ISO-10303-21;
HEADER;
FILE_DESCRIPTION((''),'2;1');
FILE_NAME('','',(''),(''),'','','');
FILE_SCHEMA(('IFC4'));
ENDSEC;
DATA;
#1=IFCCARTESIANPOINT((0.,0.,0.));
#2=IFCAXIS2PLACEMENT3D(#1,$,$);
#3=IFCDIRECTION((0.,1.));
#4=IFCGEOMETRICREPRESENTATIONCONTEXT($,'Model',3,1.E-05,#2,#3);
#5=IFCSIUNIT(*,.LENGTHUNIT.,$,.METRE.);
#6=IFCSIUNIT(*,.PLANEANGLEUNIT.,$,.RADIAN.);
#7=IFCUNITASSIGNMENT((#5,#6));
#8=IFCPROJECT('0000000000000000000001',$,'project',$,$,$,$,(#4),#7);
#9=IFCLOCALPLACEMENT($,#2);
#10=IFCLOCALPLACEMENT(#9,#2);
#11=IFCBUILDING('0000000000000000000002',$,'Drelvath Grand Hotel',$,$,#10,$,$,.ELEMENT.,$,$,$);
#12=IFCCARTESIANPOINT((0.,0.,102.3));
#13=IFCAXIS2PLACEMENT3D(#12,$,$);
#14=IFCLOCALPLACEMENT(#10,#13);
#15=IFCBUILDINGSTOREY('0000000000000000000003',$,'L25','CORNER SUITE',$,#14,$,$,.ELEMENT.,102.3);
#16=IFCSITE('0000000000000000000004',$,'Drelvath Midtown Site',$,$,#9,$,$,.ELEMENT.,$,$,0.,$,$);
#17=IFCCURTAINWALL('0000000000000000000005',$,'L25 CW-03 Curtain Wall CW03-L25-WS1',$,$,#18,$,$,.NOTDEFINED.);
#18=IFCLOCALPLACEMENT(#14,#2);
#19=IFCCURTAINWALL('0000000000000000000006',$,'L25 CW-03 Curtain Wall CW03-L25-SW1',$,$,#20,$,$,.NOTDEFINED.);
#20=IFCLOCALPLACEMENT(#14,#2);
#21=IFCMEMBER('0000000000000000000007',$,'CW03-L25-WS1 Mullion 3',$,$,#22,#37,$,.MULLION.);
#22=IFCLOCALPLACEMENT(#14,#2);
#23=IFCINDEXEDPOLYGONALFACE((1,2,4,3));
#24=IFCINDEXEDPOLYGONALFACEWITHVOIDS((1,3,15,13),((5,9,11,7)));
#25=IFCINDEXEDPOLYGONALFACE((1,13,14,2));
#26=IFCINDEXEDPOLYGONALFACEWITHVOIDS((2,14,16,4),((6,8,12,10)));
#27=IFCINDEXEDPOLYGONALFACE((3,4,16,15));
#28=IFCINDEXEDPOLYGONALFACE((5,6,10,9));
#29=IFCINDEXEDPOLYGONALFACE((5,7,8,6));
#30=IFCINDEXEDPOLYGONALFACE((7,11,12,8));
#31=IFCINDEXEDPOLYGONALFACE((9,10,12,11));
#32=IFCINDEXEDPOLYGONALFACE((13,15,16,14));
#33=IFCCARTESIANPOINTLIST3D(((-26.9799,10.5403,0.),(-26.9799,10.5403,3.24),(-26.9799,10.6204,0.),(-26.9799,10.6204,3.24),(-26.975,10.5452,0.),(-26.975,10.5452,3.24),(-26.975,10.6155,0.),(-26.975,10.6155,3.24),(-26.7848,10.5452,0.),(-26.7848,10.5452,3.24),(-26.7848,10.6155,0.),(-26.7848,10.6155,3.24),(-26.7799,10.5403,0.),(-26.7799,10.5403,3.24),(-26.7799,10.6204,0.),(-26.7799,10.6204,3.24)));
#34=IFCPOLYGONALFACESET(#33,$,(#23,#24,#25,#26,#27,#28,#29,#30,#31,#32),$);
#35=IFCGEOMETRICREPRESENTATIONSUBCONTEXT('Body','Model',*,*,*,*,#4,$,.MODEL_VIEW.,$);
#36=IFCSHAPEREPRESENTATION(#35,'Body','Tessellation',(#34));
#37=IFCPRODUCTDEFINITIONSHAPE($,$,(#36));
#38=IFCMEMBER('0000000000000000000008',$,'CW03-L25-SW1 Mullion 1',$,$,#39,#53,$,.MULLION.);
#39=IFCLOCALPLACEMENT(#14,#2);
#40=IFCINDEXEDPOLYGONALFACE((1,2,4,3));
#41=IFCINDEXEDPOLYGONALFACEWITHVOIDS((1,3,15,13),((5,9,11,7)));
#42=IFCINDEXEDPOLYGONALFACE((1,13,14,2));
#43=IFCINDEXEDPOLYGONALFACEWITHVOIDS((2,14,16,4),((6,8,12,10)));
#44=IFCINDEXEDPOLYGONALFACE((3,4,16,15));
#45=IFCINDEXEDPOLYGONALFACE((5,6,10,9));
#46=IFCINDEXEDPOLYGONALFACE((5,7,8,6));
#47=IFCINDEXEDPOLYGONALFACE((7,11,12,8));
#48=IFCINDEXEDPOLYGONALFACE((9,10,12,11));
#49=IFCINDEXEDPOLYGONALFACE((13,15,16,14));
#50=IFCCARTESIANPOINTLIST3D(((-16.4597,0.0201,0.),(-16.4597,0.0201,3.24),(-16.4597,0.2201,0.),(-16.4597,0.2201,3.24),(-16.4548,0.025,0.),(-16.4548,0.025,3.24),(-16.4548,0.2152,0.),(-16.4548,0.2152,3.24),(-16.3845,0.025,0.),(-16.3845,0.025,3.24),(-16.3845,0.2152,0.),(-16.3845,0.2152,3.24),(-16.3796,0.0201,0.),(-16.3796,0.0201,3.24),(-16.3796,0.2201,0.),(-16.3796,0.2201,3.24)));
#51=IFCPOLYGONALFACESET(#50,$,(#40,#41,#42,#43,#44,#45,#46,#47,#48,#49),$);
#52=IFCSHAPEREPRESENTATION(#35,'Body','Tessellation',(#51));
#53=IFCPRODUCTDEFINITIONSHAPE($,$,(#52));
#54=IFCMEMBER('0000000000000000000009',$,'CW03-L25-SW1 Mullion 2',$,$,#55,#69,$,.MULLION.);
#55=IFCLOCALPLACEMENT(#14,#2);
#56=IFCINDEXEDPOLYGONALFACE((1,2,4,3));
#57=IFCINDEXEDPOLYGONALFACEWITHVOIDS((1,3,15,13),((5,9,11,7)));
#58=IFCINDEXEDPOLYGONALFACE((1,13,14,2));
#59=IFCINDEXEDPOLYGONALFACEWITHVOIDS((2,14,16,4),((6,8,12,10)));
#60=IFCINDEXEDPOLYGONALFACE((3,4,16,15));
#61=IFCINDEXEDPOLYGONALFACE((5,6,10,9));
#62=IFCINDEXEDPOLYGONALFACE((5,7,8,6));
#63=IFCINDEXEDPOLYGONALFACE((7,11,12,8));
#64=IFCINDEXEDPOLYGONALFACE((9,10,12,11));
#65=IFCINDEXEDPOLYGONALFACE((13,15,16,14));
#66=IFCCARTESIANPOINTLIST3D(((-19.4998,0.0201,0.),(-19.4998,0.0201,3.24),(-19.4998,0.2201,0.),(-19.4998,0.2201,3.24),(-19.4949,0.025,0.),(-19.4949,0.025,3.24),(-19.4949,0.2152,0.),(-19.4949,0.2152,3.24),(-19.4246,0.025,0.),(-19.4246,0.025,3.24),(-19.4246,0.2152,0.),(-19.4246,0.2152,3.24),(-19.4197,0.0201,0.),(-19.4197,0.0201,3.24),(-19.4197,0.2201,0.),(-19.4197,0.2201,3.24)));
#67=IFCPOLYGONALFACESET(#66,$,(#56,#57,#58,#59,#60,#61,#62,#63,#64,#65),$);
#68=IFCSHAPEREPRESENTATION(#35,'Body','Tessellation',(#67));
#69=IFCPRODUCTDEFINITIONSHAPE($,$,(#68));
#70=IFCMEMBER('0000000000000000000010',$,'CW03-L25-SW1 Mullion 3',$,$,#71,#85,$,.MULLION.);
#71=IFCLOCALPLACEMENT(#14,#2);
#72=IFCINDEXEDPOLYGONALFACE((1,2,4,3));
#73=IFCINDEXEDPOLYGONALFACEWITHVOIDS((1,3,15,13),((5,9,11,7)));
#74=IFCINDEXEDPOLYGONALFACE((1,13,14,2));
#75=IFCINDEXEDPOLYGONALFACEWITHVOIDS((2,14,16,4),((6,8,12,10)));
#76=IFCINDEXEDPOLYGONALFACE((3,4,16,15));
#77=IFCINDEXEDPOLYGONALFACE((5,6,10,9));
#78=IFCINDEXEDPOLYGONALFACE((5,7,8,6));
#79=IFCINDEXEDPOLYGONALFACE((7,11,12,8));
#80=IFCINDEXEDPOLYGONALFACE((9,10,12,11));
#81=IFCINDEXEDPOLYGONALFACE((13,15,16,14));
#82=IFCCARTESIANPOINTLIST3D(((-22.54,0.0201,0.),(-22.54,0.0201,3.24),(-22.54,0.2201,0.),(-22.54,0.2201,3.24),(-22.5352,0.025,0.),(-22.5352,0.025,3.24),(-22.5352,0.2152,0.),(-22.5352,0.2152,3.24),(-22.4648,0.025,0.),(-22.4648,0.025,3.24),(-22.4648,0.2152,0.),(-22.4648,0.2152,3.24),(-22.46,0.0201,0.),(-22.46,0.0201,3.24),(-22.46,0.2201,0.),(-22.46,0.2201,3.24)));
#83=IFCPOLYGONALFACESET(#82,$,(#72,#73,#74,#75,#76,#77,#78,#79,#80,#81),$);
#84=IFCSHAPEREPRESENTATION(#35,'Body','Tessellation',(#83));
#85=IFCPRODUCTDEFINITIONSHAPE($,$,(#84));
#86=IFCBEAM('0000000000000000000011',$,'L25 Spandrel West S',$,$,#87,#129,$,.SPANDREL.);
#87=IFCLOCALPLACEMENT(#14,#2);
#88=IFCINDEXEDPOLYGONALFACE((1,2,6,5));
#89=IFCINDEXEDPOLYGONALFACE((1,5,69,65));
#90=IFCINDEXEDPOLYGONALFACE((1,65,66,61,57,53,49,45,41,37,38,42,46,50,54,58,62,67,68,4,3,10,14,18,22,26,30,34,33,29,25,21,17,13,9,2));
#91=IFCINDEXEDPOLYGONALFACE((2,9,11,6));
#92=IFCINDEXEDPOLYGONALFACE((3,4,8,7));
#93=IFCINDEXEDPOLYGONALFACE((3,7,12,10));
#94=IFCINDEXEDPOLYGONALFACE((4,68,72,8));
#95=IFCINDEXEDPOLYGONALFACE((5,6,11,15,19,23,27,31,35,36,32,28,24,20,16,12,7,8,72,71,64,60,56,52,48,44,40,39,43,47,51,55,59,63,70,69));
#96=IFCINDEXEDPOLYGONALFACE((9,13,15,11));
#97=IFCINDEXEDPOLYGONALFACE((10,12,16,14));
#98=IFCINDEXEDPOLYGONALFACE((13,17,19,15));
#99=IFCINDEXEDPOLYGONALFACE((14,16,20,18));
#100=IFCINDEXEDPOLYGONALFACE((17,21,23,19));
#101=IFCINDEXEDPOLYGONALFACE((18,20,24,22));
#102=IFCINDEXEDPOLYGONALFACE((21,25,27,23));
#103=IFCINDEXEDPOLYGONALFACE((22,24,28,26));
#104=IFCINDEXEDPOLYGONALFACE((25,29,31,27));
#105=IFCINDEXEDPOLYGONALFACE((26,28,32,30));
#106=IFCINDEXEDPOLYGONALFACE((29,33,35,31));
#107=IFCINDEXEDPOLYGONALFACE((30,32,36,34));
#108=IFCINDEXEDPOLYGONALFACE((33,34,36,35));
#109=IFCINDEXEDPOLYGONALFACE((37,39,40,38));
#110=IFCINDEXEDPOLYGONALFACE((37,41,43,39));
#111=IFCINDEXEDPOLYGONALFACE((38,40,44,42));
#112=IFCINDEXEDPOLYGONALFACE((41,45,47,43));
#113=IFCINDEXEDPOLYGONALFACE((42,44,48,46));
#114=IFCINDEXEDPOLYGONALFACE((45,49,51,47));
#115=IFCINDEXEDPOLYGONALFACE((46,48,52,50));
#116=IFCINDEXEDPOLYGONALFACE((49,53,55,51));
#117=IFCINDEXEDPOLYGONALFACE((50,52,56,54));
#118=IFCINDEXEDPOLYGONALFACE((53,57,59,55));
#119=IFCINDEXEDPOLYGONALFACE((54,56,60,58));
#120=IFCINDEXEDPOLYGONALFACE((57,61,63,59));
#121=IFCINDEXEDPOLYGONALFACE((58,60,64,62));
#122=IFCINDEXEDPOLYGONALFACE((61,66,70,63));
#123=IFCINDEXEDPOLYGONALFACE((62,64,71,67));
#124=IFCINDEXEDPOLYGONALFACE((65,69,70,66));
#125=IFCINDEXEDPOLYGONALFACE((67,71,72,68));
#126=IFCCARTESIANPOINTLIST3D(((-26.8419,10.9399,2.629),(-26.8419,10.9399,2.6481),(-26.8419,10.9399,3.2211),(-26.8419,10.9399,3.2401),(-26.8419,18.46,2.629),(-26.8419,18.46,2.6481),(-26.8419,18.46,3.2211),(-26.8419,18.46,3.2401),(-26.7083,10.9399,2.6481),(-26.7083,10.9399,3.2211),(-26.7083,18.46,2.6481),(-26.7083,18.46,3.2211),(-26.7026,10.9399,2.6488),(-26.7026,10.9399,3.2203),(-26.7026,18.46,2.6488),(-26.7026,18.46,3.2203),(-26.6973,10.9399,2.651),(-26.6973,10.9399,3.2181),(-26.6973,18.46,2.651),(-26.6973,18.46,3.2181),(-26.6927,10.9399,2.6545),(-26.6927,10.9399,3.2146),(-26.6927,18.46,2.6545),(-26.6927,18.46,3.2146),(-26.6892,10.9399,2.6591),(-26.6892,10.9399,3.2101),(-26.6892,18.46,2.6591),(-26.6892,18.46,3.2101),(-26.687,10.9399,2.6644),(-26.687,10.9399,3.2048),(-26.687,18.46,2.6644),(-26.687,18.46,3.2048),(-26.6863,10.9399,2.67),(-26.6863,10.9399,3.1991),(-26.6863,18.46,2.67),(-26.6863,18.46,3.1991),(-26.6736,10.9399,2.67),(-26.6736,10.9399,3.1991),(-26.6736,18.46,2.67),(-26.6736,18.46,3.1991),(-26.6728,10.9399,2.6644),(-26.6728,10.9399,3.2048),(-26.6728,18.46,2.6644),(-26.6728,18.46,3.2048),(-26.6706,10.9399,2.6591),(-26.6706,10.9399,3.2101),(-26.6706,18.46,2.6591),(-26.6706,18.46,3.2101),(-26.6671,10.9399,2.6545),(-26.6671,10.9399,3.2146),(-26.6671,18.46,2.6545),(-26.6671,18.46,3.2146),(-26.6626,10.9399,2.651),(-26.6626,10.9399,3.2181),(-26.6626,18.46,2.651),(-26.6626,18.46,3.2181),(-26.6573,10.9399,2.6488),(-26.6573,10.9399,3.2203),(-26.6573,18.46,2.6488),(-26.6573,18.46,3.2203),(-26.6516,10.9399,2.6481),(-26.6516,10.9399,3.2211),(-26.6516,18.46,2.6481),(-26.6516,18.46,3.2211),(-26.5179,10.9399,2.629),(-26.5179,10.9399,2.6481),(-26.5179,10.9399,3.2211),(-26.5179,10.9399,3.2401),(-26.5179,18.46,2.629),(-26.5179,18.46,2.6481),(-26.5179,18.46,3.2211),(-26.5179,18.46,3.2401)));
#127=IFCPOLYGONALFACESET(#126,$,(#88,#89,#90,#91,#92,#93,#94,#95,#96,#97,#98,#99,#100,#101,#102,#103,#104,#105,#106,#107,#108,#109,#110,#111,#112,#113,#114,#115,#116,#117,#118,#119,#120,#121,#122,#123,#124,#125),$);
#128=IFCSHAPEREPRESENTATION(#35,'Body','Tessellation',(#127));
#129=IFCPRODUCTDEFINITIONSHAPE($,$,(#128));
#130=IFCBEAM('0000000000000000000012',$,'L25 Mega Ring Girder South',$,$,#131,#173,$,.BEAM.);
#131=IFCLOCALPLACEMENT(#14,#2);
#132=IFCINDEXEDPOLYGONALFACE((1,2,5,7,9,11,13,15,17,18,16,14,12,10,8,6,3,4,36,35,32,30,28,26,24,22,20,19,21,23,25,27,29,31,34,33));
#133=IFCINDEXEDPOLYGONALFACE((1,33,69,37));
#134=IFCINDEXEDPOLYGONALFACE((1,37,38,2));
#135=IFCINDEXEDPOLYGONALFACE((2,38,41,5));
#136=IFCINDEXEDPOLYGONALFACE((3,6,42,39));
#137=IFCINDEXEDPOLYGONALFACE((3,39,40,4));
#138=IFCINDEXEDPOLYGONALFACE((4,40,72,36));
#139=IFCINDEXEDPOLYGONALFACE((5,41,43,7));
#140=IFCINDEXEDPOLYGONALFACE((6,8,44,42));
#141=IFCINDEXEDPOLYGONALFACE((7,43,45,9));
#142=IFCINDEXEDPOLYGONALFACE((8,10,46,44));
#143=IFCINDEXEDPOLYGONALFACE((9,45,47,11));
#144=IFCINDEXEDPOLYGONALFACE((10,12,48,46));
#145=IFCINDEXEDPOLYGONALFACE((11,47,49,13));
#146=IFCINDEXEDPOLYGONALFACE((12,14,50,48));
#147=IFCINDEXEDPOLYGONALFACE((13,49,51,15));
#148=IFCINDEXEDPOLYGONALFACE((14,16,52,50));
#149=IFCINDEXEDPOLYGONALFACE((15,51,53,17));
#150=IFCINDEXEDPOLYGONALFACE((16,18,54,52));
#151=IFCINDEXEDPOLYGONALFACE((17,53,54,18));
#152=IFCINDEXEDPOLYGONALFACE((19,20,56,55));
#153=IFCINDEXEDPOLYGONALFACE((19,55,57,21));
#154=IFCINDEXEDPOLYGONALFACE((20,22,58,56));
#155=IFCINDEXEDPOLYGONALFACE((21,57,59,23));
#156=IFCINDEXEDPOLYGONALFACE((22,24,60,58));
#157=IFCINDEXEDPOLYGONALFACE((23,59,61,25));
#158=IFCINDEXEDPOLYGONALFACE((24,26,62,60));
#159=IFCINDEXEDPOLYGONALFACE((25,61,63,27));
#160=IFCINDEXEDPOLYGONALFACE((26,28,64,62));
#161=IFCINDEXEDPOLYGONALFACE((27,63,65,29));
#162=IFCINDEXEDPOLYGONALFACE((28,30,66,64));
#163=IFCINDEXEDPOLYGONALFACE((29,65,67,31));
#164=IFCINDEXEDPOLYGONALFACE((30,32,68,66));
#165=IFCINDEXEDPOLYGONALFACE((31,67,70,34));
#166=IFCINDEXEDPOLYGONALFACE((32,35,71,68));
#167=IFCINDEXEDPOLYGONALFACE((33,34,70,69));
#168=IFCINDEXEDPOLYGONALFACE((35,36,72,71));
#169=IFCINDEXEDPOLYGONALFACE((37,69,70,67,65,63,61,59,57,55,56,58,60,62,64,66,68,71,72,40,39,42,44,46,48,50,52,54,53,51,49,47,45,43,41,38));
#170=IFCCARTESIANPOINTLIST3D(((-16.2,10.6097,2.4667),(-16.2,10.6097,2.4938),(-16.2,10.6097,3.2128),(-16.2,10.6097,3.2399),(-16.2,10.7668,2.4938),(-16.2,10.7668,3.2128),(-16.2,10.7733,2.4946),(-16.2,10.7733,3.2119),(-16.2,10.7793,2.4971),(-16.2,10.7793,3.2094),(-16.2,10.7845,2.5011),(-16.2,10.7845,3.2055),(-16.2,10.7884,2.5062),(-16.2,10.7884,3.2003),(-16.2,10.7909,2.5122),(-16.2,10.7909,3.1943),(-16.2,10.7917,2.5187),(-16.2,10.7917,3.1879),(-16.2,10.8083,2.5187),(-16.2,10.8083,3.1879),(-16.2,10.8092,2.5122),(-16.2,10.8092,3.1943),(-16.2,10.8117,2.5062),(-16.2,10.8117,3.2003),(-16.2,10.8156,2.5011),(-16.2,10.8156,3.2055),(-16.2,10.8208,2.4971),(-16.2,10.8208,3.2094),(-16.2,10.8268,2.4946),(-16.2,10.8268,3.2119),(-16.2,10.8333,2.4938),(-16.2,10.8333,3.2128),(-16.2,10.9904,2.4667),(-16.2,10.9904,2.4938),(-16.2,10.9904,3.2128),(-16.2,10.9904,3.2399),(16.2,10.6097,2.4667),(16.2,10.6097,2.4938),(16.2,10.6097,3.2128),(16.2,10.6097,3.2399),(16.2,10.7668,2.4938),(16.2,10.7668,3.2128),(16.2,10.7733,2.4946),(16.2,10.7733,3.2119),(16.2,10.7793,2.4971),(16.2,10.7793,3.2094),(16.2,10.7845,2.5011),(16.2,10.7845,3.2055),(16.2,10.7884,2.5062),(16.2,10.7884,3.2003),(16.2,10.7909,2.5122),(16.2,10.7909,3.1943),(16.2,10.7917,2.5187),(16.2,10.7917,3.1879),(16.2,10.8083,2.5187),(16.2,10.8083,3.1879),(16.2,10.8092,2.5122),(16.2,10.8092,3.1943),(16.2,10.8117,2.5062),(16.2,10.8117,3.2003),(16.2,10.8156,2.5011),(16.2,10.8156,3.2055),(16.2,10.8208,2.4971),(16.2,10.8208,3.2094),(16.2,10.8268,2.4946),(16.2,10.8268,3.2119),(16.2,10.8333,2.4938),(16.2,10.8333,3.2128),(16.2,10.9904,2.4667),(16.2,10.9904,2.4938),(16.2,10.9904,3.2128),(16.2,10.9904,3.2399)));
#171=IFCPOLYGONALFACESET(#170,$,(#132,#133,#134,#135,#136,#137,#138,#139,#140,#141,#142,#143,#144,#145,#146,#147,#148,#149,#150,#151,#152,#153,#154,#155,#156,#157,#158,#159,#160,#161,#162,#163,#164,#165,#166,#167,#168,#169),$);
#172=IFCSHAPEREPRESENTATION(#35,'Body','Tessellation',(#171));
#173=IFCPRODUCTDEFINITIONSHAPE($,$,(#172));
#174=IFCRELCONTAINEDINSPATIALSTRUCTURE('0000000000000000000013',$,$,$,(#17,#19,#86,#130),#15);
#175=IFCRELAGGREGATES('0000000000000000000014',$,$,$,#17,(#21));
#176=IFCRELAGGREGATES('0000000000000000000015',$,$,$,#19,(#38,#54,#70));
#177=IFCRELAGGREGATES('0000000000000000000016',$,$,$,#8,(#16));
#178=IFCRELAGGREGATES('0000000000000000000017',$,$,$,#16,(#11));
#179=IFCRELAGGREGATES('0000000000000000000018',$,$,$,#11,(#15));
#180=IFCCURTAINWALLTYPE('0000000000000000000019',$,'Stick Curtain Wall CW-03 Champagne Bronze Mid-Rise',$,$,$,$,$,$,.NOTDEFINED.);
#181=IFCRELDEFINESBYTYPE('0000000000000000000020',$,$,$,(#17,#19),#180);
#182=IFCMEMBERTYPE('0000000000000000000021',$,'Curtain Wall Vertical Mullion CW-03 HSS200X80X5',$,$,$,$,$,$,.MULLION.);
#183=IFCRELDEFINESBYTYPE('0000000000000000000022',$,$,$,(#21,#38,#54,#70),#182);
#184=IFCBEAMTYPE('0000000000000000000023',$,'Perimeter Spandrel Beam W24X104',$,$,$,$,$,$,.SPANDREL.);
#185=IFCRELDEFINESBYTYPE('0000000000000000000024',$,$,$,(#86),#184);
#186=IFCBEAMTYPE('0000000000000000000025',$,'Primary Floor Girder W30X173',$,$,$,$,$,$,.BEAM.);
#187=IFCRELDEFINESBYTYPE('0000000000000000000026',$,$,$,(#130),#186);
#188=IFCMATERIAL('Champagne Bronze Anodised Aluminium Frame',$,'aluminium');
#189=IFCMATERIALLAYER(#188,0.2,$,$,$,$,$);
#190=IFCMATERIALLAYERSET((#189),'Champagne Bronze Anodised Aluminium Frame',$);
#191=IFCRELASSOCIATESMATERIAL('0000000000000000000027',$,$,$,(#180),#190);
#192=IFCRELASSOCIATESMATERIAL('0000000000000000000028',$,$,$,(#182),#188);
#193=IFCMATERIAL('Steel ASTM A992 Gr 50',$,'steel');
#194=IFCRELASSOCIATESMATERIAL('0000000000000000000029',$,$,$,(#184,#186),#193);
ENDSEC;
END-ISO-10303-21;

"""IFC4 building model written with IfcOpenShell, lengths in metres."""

from ifc_helpers import new_model, si_unit, direction, frame, origin, origin_2d, place, context, subcontext, project, spatial, hollow_rectangle, i_section, extrude, material, layer, layer_set, material_profile, profile_set, type_object, element, aggregate, save


model = new_model("IFC4")

# Units and contexts
model_context = context("Model", 3, precision=1e-05, world=origin(), true_north=direction((0.0, 1.0)))
body_context = subcontext(model_context, "Body", "Model", "MODEL_VIEW")
ifc_project = project(units=[si_unit("LENGTHUNIT", "METRE"), si_unit("PLANEANGLEUNIT", "RADIAN")], contexts=[model_context])

# Site, building, storey
site_placement = place(None, origin())
site = spatial("IfcSite", under=ifc_project, at=site_placement, Name="Drelvath Midtown Site", CompositionType="ELEMENT", RefElevation=0.0)
building_placement = place(site_placement, origin())
building = spatial("IfcBuilding", under=site, at=building_placement, Name="Drelvath Grand Hotel", CompositionType="ELEMENT")
storey_placement = place(building_placement, frame((0.0, 0.0, 102.3)))
storey = spatial("IfcBuildingStorey", under=building, at=storey_placement, Name="L25", Description="CORNER SUITE", CompositionType="ELEMENT", Elevation=102.3)

# Curtain walls
ifc_material_1 = material(Name="Champagne Bronze Anodised Aluminium Frame", Category="aluminium")
ifc_layer_1 = layer(ifc_material_1, 0.2)
ifc_layer_set_1 = layer_set([ifc_layer_1], Name="Champagne Bronze Anodised Aluminium Frame")
curtain_wall_type = type_object("IfcCurtainWallType", Name="Stick Curtain Wall CW-03 Champagne Bronze Mid-Rise", PredefinedType="NOTDEFINED", material=ifc_layer_set_1)
curtain_wall_1_placement = place(storey_placement, origin())
curtain_wall_1 = element("IfcCurtainWall", 1, at=curtain_wall_1_placement, inside=storey, type_object=curtain_wall_type, Name="L25 CW-03 Curtain Wall CW03-L25-WS1", PredefinedType="NOTDEFINED")
curtain_wall_2_placement = place(storey_placement, origin())
curtain_wall_2 = element("IfcCurtainWall", 2, at=curtain_wall_2_placement, inside=storey, type_object=curtain_wall_type, Name="L25 CW-03 Curtain Wall CW03-L25-SW1", PredefinedType="NOTDEFINED")

# Members
ifc_material_profile_1 = material_profile(ifc_material_1, hollow_rectangle(XDim=0.0801, YDim=0.2, WallThickness=0.0049, at=origin_2d()), Name="HSS200X80X5")
ifc_profile_set_1 = profile_set([ifc_material_profile_1], Name="Champagne Bronze Anodised Aluminium Frame")
member_type_1 = type_object("IfcMemberType", Name="Curtain Wall Vertical Mullion CW-03 HSS200X80X5", PredefinedType="MULLION", material=ifc_profile_set_1)
member_1_placement = place(storey_placement, frame((-26.8799, 10.5803, 0.0), z_axis=(0.0, 0.0, 1.0), x_axis=(0.0, 1.0, 0.0)))
member_1 = element("IfcMember", 3, at=member_1_placement, type_object=member_type_1, Name="CW03-L25-WS1 Mullion 3", PredefinedType="MULLION", context=body_context, shape_type="SweptSolid", body=[
    extrude(hollow_rectangle(XDim=0.0801, YDim=0.2, WallThickness=0.0049, at=origin_2d()), origin(), (0.0, 0.0, 1.0), 3.24),
])
member_2_placement = place(storey_placement, frame((-16.4197, 0.1201, 0.0), z_axis=(0.0, 0.0, 1.0), x_axis=(1.0, 0.0, 0.0)))
member_2 = element("IfcMember", 4, at=member_2_placement, type_object=member_type_1, Name="CW03-L25-SW1 Mullion 1", PredefinedType="MULLION", context=body_context, shape_type="SweptSolid", body=[
    extrude(hollow_rectangle(XDim=0.0801, YDim=0.2, WallThickness=0.0049, at=origin_2d()), origin(), (0.0, 0.0, 1.0), 3.24),
])
member_3_placement = place(storey_placement, frame((-19.4597, 0.1201, 0.0), z_axis=(0.0, 0.0, 1.0), x_axis=(1.0, 0.0, 0.0)))
member_3 = element("IfcMember", 5, at=member_3_placement, type_object=member_type_1, Name="CW03-L25-SW1 Mullion 2", PredefinedType="MULLION", context=body_context, shape_type="SweptSolid", body=[
    extrude(hollow_rectangle(XDim=0.0801, YDim=0.2, WallThickness=0.0049, at=origin_2d()), origin(), (0.0, 0.0, 1.0), 3.24),
])
member_4_placement = place(storey_placement, frame((-22.5, 0.1201, 0.0), z_axis=(0.0, 0.0, 1.0), x_axis=(1.0, 0.0, 0.0)))
member_4 = element("IfcMember", 6, at=member_4_placement, type_object=member_type_1, Name="CW03-L25-SW1 Mullion 3", PredefinedType="MULLION", context=body_context, shape_type="SweptSolid", body=[
    extrude(hollow_rectangle(XDim=0.0801, YDim=0.2, WallThickness=0.0049, at=origin_2d()), origin(), (0.0, 0.0, 1.0), 3.24),
])

# Beams
ifc_material_2 = material(Name="Steel ASTM A992 Gr 50", Category="steel")
ifc_material_profile_2 = material_profile(ifc_material_2, i_section(OverallWidth=0.324, OverallDepth=0.6111, WebThickness=0.0127, FlangeThickness=0.019, FilletRadius=0.022, at=origin_2d()), Name="W24X104")
ifc_profile_set_2 = profile_set([ifc_material_profile_2], Name="Steel ASTM A992 Gr 50")
beam_type_1 = type_object("IfcBeamType", Name="Perimeter Spandrel Beam W24X104", PredefinedType="SPANDREL", material=ifc_profile_set_2)
beam_placement = place(storey_placement, frame((-26.6799, 10.9399, 2.9346), z_axis=(0.0, 1.0, 0.0), x_axis=(-1.0, 0.0, 0.0)))
element("IfcBeam", 7, at=beam_placement, inside=storey, type_object=beam_type_1, Name="L25 Spandrel West S", PredefinedType="SPANDREL", context=body_context, shape_type="SweptSolid", body=[
    extrude(i_section(OverallWidth=0.324, OverallDepth=0.6111, WebThickness=0.0127, FlangeThickness=0.019, FilletRadius=0.022, at=origin_2d()), origin(), (0.0, 0.0, 1.0), 7.52),
])
ifc_material_profile_3 = material_profile(ifc_material_2, i_section(OverallWidth=0.3806, OverallDepth=0.7732, WebThickness=0.0166, FlangeThickness=0.0271, FilletRadius=0.0249, at=origin_2d()), Name="W30X173")
ifc_profile_set_3 = profile_set([ifc_material_profile_3], Name="Steel ASTM A992 Gr 50")
beam_type_2 = type_object("IfcBeamType", Name="Primary Floor Girder W30X173", PredefinedType="BEAM", material=ifc_profile_set_3)
for number, where, z_axis, x_axis, name in (
    (8, (-16.2, 10.8, 2.8533), (1.0, 0.0, 0.0), (0.0, 1.0, 0.0), "L25 Mega Ring Girder South"),
):
    element("IfcBeam", number, at=place(storey_placement, frame(where, z_axis=z_axis, x_axis=x_axis)), inside=storey, type_object=beam_type_2, Name=name, PredefinedType="BEAM", context=body_context, shape_type="SweptSolid", body=[
        extrude(i_section(OverallWidth=0.3806, OverallDepth=0.7732, WebThickness=0.0166, FlangeThickness=0.0271, FilletRadius=0.0249, at=origin_2d()), origin(), (0.0, 0.0, 1.0), 32.3999),
    ])

aggregate(curtain_wall_1, [member_1])
aggregate(curtain_wall_2, [member_2, member_3, member_4])

save(model, "model.ifc")
